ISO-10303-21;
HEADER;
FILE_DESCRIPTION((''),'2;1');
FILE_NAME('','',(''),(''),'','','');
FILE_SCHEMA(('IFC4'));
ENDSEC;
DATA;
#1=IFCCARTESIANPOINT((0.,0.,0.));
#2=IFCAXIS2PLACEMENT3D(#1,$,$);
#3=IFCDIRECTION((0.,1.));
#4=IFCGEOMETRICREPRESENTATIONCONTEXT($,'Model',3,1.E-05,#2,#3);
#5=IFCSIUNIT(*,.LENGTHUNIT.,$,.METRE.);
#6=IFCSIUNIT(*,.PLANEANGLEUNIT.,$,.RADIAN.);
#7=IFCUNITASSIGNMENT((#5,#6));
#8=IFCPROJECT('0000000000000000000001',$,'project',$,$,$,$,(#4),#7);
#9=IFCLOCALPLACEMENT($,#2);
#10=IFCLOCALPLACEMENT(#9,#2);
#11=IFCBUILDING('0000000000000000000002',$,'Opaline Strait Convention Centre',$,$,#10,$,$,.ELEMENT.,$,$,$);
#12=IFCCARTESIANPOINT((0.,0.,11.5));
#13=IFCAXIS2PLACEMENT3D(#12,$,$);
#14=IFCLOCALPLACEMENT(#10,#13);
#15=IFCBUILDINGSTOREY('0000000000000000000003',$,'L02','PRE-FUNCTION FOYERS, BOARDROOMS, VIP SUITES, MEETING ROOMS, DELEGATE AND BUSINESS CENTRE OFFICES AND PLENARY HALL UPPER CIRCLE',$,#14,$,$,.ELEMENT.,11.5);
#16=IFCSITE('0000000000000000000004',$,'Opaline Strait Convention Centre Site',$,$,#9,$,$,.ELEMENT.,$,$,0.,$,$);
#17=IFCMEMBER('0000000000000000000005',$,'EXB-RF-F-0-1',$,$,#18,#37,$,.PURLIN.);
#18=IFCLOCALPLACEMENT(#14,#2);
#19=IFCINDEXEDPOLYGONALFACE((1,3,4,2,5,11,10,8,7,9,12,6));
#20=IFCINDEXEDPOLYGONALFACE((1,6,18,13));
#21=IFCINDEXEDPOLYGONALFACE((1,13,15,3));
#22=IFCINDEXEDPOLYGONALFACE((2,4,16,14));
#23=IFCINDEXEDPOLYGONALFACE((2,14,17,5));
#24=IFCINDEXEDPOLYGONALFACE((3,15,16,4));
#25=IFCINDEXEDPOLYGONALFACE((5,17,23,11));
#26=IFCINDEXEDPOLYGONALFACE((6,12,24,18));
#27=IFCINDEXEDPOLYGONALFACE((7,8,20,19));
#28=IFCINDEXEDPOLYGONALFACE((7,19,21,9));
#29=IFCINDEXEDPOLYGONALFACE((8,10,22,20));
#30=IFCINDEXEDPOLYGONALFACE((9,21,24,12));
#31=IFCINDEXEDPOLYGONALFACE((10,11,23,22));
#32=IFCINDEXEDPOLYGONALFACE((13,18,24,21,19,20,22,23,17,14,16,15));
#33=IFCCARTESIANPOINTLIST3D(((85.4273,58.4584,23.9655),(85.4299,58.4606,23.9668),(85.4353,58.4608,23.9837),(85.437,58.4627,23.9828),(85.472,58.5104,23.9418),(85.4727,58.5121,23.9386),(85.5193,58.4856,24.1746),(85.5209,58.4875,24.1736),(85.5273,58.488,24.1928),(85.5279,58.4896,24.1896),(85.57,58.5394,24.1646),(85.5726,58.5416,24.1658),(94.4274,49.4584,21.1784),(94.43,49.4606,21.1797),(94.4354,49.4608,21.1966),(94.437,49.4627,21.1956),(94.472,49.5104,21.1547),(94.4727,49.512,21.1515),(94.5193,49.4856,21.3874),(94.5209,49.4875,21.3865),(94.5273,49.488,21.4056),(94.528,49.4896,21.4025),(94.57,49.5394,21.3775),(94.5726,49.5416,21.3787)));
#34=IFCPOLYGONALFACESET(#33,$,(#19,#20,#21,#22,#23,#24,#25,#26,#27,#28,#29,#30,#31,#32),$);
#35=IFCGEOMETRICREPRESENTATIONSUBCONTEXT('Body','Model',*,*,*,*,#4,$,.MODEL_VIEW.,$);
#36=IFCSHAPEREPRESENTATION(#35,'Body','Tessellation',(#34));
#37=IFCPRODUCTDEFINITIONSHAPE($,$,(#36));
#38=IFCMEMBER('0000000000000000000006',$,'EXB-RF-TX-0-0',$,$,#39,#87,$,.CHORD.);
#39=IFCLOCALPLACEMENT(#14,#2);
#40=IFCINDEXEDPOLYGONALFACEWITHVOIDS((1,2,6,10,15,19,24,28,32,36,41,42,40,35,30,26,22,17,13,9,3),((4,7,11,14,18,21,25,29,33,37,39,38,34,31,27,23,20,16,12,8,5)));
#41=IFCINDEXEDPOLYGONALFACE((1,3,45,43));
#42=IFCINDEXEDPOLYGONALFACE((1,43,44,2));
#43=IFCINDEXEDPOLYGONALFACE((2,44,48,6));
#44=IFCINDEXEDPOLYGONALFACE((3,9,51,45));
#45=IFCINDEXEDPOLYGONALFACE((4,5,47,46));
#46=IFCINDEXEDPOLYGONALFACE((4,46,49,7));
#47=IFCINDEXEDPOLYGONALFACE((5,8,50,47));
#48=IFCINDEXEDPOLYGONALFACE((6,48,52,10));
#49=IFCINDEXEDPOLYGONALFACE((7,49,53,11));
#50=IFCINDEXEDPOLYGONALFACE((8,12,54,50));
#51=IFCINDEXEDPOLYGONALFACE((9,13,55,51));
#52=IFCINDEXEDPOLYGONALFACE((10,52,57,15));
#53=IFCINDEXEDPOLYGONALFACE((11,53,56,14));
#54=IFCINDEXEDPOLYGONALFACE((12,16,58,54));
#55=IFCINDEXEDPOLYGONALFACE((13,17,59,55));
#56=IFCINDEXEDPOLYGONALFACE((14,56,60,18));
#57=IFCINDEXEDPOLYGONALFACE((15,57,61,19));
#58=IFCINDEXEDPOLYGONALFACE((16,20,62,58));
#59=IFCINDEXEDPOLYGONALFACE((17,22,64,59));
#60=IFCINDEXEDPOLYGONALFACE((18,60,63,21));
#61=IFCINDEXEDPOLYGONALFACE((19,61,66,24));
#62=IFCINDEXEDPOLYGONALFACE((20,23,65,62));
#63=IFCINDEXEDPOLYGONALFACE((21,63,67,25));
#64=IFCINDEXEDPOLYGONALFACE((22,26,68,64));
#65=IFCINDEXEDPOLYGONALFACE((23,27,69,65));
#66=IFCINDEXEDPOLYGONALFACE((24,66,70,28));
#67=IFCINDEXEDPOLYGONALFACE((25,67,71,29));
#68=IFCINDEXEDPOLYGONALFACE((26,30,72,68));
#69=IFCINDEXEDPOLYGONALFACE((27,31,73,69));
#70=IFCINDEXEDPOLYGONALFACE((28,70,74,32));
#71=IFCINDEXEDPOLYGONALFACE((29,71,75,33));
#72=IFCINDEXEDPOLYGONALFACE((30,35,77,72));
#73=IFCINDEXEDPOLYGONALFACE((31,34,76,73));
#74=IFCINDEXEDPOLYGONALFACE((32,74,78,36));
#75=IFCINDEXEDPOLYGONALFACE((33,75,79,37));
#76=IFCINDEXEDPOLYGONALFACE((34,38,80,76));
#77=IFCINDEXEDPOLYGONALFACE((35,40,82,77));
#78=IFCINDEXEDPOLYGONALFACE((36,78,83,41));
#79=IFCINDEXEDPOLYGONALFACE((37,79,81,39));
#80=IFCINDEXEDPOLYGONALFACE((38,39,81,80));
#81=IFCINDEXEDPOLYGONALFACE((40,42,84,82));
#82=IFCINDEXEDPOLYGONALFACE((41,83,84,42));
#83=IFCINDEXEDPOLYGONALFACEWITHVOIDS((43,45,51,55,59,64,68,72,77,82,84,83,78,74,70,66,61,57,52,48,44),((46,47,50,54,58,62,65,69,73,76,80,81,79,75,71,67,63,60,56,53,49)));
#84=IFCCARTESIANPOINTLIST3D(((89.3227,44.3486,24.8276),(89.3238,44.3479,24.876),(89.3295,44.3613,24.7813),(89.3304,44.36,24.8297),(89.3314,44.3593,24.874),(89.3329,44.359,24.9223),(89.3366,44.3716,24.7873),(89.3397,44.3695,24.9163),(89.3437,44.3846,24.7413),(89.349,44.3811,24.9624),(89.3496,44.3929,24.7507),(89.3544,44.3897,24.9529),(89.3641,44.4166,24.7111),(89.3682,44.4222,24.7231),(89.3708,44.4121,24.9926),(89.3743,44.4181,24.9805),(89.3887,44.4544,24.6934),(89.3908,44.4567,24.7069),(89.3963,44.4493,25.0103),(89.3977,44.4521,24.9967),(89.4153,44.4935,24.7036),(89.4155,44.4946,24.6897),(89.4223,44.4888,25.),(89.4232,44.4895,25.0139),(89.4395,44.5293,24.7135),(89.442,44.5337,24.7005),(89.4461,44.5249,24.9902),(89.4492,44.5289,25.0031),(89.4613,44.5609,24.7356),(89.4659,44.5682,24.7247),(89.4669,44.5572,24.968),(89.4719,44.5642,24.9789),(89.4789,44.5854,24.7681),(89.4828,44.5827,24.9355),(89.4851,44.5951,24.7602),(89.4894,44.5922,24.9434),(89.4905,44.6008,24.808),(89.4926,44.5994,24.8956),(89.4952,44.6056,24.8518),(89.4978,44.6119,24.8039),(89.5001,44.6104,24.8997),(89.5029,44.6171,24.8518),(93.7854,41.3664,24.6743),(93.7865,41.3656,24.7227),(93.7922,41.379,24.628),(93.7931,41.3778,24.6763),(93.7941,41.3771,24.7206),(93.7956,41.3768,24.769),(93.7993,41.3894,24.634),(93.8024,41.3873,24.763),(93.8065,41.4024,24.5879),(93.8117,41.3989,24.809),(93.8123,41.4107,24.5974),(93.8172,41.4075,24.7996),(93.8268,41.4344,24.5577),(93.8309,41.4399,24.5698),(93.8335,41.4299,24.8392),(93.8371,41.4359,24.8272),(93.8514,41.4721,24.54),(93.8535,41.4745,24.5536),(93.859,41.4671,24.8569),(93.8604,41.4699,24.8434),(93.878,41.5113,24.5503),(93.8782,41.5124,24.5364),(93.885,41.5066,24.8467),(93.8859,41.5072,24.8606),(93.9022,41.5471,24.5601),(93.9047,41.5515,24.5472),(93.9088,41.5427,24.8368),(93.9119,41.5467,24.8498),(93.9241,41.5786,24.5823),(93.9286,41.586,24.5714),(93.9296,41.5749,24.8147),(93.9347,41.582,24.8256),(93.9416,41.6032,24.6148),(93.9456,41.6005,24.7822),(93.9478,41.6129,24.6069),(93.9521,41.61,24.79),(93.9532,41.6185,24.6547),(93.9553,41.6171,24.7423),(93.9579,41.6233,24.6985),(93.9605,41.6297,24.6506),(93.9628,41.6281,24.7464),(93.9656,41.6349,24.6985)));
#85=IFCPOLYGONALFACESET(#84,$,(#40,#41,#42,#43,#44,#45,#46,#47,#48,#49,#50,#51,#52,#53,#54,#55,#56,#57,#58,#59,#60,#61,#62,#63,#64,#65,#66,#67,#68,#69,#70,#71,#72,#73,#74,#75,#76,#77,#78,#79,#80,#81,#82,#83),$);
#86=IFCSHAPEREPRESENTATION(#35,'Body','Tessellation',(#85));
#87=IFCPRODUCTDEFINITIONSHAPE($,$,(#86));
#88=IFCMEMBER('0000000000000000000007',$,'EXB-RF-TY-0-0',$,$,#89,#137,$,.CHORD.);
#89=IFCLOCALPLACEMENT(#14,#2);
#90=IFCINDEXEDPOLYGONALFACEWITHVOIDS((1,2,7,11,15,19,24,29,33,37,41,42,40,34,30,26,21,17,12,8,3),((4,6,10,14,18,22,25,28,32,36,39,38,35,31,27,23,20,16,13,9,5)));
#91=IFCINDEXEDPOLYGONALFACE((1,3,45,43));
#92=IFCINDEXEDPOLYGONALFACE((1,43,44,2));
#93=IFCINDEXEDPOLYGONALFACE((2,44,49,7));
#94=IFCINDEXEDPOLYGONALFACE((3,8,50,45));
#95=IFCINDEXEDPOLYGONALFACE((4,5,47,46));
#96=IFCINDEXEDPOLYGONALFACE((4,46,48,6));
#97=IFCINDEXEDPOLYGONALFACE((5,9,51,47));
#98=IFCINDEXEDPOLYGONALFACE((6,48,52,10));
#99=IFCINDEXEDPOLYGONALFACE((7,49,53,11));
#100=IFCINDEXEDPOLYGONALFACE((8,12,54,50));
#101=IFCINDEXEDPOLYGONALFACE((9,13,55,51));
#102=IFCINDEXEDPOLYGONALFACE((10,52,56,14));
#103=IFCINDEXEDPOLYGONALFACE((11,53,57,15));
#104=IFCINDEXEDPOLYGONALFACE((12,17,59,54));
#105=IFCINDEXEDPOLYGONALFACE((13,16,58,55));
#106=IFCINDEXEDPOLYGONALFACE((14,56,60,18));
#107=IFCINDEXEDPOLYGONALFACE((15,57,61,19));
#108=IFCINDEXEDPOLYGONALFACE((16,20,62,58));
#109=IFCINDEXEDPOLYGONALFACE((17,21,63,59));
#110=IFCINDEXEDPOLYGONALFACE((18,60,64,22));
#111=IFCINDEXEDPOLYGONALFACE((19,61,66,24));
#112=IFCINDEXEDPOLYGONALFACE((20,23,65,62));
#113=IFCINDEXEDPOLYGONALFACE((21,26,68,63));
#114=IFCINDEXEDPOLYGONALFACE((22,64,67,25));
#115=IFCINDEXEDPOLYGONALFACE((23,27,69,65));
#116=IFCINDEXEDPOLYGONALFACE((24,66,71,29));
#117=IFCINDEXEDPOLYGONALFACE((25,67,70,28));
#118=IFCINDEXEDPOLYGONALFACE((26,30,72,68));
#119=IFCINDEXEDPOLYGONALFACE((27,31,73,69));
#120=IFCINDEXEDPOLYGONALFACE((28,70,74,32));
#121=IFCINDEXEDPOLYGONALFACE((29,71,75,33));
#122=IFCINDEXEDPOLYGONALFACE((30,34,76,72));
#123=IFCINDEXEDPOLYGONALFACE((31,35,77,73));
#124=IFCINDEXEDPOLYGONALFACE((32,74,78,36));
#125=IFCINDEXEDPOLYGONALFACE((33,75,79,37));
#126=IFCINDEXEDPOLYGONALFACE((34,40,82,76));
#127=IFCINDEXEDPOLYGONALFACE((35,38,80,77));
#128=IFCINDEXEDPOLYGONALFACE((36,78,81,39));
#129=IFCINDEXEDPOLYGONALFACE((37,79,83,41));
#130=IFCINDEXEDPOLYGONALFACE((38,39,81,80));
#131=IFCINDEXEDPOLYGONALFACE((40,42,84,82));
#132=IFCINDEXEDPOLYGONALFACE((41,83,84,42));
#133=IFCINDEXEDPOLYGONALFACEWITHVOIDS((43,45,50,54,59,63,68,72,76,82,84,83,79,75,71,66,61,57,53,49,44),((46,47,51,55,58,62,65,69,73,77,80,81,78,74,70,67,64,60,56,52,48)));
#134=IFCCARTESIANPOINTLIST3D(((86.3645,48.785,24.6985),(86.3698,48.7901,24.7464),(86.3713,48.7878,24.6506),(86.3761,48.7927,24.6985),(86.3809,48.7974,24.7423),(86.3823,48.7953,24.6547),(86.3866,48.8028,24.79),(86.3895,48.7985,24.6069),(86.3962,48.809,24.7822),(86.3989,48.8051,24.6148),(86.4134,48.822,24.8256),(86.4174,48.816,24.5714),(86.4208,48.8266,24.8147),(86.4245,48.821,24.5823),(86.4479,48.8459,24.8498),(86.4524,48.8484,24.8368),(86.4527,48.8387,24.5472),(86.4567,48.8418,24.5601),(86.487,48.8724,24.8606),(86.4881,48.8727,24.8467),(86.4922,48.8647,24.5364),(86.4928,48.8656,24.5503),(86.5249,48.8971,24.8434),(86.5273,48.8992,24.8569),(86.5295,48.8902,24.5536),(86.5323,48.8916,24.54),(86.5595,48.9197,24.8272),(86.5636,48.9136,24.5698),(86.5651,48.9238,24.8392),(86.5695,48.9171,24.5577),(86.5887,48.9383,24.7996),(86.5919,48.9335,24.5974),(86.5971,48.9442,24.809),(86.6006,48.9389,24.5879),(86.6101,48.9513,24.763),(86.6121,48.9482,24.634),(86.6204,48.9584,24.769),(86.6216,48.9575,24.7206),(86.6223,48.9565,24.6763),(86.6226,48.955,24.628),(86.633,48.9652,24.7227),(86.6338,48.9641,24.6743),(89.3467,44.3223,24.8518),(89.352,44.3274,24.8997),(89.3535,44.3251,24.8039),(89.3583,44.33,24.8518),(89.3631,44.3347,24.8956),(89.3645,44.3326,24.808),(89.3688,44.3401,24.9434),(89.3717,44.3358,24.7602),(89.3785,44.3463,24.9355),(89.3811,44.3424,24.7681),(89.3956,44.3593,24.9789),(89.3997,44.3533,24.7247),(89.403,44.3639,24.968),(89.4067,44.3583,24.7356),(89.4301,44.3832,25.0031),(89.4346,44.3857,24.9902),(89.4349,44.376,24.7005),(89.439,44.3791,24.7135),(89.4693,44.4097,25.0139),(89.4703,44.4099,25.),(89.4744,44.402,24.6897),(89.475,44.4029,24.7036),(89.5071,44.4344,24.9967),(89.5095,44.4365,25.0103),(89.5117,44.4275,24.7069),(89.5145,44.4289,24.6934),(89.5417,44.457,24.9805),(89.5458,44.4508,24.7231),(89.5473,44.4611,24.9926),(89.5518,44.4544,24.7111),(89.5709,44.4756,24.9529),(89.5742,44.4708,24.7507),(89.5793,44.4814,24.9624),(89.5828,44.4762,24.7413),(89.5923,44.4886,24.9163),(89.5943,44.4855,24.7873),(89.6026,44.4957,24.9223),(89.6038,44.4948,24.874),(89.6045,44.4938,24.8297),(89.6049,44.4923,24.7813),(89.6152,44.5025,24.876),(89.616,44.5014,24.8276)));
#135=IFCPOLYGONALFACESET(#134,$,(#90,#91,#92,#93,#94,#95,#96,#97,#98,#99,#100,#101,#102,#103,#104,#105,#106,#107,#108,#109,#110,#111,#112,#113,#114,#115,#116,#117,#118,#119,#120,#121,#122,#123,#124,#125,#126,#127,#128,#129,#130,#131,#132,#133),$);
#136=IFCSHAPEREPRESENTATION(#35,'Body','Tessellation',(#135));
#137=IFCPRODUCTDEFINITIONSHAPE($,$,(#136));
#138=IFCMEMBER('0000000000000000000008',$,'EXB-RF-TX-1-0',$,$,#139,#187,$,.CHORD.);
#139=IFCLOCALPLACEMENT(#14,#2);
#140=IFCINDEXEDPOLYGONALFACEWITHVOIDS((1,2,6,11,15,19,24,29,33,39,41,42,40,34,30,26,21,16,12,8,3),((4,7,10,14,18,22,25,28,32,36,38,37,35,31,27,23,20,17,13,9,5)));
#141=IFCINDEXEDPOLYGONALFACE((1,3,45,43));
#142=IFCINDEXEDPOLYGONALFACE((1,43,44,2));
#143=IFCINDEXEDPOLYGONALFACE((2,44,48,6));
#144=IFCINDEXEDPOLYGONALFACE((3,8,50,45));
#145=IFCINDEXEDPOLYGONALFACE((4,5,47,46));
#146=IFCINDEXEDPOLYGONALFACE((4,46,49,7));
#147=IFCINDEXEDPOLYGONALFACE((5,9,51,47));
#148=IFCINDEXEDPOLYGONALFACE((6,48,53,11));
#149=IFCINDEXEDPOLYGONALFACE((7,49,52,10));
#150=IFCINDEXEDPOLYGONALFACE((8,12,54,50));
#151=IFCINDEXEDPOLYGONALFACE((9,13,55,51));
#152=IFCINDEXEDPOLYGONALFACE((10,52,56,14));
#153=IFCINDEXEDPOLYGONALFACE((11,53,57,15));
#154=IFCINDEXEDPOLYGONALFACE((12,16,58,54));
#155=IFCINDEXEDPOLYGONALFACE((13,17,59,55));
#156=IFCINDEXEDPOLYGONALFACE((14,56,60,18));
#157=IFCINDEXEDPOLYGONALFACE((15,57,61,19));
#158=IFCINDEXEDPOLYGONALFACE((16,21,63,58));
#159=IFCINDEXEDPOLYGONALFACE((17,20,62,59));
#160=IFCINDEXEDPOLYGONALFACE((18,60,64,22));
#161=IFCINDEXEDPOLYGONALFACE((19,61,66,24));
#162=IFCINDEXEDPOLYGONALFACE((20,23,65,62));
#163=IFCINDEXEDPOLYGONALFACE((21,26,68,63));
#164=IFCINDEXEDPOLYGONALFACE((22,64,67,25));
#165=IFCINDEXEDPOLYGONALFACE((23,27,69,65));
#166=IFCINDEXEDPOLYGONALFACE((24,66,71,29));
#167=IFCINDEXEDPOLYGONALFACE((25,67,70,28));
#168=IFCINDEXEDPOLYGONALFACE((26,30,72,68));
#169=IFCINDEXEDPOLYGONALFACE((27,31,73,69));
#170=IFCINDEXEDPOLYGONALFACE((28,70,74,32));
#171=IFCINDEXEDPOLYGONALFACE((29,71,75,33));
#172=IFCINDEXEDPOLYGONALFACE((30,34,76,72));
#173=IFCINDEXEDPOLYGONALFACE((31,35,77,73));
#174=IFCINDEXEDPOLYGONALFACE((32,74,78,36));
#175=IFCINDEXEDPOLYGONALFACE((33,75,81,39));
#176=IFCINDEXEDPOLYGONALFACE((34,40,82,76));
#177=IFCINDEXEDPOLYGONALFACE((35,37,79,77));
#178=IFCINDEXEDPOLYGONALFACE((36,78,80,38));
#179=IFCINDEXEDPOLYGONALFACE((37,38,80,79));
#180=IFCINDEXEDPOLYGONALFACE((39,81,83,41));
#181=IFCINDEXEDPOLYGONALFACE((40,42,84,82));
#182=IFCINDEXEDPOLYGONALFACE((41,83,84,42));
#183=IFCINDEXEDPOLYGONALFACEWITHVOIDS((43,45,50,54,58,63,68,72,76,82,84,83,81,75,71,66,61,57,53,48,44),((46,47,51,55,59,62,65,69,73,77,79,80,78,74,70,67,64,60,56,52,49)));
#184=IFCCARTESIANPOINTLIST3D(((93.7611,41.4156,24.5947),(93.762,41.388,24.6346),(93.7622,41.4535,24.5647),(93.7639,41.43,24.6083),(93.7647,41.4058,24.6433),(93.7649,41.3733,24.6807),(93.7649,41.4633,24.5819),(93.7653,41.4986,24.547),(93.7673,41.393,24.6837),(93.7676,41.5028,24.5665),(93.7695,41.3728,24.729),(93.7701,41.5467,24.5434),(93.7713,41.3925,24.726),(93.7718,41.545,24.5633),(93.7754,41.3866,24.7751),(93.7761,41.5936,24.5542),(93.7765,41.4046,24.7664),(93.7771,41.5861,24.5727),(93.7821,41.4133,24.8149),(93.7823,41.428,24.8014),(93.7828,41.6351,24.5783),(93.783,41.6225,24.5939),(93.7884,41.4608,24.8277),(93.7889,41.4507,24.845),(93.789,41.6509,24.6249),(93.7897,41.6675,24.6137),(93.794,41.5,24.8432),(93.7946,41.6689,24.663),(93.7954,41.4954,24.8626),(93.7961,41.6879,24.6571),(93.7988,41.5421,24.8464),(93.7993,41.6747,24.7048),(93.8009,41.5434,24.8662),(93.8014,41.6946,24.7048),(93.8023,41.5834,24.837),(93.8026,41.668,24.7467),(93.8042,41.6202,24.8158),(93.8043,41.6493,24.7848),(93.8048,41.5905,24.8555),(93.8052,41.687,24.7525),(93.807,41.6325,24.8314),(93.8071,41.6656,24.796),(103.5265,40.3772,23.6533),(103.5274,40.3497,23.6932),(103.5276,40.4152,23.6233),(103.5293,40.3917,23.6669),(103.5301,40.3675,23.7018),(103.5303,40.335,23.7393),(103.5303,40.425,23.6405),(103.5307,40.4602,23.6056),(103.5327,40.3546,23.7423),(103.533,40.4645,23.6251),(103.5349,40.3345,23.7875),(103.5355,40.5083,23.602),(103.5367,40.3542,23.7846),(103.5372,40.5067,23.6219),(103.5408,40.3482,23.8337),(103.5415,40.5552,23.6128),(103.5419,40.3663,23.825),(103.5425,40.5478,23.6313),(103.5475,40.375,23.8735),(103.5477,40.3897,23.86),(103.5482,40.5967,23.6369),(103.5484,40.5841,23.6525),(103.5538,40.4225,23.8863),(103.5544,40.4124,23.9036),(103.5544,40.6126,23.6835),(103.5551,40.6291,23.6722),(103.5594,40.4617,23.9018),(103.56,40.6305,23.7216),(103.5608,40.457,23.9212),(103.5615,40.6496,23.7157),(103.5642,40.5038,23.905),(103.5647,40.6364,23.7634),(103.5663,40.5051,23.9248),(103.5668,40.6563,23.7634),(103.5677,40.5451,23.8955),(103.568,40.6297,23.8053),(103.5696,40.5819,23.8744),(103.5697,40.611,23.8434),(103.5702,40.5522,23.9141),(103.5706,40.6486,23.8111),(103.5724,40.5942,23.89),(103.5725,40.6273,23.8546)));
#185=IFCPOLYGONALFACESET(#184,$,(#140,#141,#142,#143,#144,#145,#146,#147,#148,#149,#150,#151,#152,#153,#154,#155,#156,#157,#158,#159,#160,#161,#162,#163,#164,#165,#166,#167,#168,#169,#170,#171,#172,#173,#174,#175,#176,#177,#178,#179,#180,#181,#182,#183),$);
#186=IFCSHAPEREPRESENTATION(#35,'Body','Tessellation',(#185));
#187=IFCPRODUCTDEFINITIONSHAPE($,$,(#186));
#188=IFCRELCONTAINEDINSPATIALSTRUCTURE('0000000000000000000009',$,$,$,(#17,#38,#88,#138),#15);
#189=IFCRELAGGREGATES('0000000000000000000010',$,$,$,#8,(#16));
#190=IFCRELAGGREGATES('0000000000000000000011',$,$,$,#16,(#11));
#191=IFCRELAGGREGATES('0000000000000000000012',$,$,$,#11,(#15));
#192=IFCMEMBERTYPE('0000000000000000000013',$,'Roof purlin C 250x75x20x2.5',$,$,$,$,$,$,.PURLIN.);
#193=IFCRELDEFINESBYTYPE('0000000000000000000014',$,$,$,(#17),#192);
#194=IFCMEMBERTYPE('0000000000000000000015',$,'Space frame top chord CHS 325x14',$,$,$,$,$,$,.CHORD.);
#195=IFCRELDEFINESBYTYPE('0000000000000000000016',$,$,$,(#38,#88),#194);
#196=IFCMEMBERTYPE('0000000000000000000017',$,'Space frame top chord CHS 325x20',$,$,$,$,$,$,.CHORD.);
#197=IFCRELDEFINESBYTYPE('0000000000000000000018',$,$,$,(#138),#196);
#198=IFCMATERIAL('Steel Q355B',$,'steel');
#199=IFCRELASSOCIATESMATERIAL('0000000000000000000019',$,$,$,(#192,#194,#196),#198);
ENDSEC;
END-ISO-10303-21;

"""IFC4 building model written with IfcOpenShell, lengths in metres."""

from ifc_helpers import new_model, si_unit, direction, frame, origin, origin_2d, place, context, subcontext, project, spatial, polyline, hollow_circle, outline, extrude, material, material_profile, profile_set, type_object, element, save


model = new_model("IFC4")

# Units and contexts
model_context = context("Model", 3, precision=1e-05, world=origin(), true_north=direction((0.0, 1.0)))
body_context = subcontext(model_context, "Body", "Model", "MODEL_VIEW")
ifc_project = project(units=[si_unit("LENGTHUNIT", "METRE"), si_unit("PLANEANGLEUNIT", "RADIAN")], contexts=[model_context])

# Site, building, storey
site_placement = place(None, origin())
site = spatial("IfcSite", under=ifc_project, at=site_placement, Name="Opaline Strait Convention Centre Site", CompositionType="ELEMENT", RefElevation=0.0)
building_placement = place(site_placement, origin())
building = spatial("IfcBuilding", under=site, at=building_placement, Name="Opaline Strait Convention Centre", CompositionType="ELEMENT")
storey_placement = place(building_placement, frame((0.0, 0.0, 11.5)))
storey = spatial("IfcBuildingStorey", under=building, at=storey_placement, Name="L02", Description="PRE-FUNCTION FOYERS, BOARDROOMS, VIP SUITES, MEETING ROOMS, DELEGATE AND BUSINESS CENTRE OFFICES AND PLENARY HALL UPPER CIRCLE", CompositionType="ELEMENT", Elevation=11.5)

# Members
ifc_material_1 = material(Name="Steel Q355B", Category="steel")
ifc_material_profile_1 = material_profile(ifc_material_1, outline(polyline([(-0.0376, -0.125), (0.0376, -0.125), (0.0376, -0.105), (0.0349, -0.105), (0.0349, -0.1226), (-0.0349, -0.1226), (-0.0349, 0.1226), (0.0349, 0.1226), (0.0349, 0.105), (0.0376, 0.105), (0.0376, 0.125), (-0.0376, 0.125), (-0.0376, -0.125)])), Name="C 250x75x20x2.5")
ifc_profile_set_1 = profile_set([ifc_material_profile_1], Name="Steel Q355B")
member_type_1 = type_object("IfcMemberType", Name="Roof purlin C 250x75x20x2.5", PredefinedType="PURLIN", material=ifc_profile_set_1)
member_1_placement = place(storey_placement, frame((94.5, 49.5, 21.2786), z_axis=(-0.69074, 0.69074, 0.213908), x_axis=(-0.602522, -0.713355, 0.357899)))
element("IfcMember", 1, at=member_1_placement, inside=storey, type_object=member_type_1, Name="EXB-RF-F-0-1", PredefinedType="PURLIN", context=body_context, shape_type="SweptSolid", body=[
    extrude(outline(polyline([(-0.0376, -0.125), (0.0376, -0.125), (0.0376, -0.105), (0.0349, -0.105), (0.0349, -0.1226), (-0.0349, -0.1226), (-0.0349, 0.1226), (0.0349, 0.1226), (0.0349, 0.105), (0.0376, 0.105), (0.0376, 0.125), (-0.0376, 0.125), (-0.0376, -0.125)])), origin(), (0.0, 0.0, 1.0), 13.0295),
])
ifc_material_profile_2 = material_profile(ifc_material_1, hollow_circle(Radius=0.1626, WallThickness=0.0139, at=origin_2d()), Name="CHS 325x14")
ifc_profile_set_2 = profile_set([ifc_material_profile_2], Name="Steel Q355B")
member_type_2 = type_object("IfcMemberType", Name="Space frame top chord CHS 325x14", PredefinedType="CHORD", material=ifc_profile_set_2)
for number, where, z_axis, x_axis, name in (
    (2, (89.4126, 44.4819, 24.8518), (0.831102, -0.555387, -0.028554), (0.555613, 0.831441, 0.0), "EXB-RF-TX-0-0"),
    (3, (89.4819, 44.4126, 24.8518), (-0.555387, 0.831102, -0.028554), (-0.831441, -0.555613, 0.0), "EXB-RF-TY-0-0"),
):
    element("IfcMember", number, at=place(storey_placement, frame(where, z_axis=z_axis, x_axis=x_axis)), inside=storey, type_object=member_type_2, Name=name, PredefinedType="CHORD", context=body_context, shape_type="SweptSolid", body=[
        extrude(hollow_circle(Radius=0.1626, WallThickness=0.0139, at=origin_2d()), origin(), (0.0, 0.0, 1.0), 5.3696),
    ])
ifc_material_profile_3 = material_profile(ifc_material_1, hollow_circle(Radius=0.1626, WallThickness=0.02, at=origin_2d()), Name="CHS 325x20")
ifc_profile_set_3 = profile_set([ifc_material_profile_3], Name="Steel Q355B")
member_type_3 = type_object("IfcMemberType", Name="Space frame top chord CHS 325x20", PredefinedType="CHORD", material=ifc_profile_set_3)
member_2_placement = place(storey_placement, frame((93.7842, 41.533, 24.7048), z_axis=(0.989857, -0.105249, -0.095425), x_axis=(0.105732, 0.994395, 0.0)))
element("IfcMember", 4, at=member_2_placement, inside=storey, type_object=member_type_3, Name="EXB-RF-TX-1-0", PredefinedType="CHORD", context=body_context, shape_type="SweptSolid", body=[
    extrude(hollow_circle(Radius=0.1626, WallThickness=0.02, at=origin_2d()), origin(), (0.0, 0.0, 1.0), 9.8655),
])

save(model, "model.ifc")
